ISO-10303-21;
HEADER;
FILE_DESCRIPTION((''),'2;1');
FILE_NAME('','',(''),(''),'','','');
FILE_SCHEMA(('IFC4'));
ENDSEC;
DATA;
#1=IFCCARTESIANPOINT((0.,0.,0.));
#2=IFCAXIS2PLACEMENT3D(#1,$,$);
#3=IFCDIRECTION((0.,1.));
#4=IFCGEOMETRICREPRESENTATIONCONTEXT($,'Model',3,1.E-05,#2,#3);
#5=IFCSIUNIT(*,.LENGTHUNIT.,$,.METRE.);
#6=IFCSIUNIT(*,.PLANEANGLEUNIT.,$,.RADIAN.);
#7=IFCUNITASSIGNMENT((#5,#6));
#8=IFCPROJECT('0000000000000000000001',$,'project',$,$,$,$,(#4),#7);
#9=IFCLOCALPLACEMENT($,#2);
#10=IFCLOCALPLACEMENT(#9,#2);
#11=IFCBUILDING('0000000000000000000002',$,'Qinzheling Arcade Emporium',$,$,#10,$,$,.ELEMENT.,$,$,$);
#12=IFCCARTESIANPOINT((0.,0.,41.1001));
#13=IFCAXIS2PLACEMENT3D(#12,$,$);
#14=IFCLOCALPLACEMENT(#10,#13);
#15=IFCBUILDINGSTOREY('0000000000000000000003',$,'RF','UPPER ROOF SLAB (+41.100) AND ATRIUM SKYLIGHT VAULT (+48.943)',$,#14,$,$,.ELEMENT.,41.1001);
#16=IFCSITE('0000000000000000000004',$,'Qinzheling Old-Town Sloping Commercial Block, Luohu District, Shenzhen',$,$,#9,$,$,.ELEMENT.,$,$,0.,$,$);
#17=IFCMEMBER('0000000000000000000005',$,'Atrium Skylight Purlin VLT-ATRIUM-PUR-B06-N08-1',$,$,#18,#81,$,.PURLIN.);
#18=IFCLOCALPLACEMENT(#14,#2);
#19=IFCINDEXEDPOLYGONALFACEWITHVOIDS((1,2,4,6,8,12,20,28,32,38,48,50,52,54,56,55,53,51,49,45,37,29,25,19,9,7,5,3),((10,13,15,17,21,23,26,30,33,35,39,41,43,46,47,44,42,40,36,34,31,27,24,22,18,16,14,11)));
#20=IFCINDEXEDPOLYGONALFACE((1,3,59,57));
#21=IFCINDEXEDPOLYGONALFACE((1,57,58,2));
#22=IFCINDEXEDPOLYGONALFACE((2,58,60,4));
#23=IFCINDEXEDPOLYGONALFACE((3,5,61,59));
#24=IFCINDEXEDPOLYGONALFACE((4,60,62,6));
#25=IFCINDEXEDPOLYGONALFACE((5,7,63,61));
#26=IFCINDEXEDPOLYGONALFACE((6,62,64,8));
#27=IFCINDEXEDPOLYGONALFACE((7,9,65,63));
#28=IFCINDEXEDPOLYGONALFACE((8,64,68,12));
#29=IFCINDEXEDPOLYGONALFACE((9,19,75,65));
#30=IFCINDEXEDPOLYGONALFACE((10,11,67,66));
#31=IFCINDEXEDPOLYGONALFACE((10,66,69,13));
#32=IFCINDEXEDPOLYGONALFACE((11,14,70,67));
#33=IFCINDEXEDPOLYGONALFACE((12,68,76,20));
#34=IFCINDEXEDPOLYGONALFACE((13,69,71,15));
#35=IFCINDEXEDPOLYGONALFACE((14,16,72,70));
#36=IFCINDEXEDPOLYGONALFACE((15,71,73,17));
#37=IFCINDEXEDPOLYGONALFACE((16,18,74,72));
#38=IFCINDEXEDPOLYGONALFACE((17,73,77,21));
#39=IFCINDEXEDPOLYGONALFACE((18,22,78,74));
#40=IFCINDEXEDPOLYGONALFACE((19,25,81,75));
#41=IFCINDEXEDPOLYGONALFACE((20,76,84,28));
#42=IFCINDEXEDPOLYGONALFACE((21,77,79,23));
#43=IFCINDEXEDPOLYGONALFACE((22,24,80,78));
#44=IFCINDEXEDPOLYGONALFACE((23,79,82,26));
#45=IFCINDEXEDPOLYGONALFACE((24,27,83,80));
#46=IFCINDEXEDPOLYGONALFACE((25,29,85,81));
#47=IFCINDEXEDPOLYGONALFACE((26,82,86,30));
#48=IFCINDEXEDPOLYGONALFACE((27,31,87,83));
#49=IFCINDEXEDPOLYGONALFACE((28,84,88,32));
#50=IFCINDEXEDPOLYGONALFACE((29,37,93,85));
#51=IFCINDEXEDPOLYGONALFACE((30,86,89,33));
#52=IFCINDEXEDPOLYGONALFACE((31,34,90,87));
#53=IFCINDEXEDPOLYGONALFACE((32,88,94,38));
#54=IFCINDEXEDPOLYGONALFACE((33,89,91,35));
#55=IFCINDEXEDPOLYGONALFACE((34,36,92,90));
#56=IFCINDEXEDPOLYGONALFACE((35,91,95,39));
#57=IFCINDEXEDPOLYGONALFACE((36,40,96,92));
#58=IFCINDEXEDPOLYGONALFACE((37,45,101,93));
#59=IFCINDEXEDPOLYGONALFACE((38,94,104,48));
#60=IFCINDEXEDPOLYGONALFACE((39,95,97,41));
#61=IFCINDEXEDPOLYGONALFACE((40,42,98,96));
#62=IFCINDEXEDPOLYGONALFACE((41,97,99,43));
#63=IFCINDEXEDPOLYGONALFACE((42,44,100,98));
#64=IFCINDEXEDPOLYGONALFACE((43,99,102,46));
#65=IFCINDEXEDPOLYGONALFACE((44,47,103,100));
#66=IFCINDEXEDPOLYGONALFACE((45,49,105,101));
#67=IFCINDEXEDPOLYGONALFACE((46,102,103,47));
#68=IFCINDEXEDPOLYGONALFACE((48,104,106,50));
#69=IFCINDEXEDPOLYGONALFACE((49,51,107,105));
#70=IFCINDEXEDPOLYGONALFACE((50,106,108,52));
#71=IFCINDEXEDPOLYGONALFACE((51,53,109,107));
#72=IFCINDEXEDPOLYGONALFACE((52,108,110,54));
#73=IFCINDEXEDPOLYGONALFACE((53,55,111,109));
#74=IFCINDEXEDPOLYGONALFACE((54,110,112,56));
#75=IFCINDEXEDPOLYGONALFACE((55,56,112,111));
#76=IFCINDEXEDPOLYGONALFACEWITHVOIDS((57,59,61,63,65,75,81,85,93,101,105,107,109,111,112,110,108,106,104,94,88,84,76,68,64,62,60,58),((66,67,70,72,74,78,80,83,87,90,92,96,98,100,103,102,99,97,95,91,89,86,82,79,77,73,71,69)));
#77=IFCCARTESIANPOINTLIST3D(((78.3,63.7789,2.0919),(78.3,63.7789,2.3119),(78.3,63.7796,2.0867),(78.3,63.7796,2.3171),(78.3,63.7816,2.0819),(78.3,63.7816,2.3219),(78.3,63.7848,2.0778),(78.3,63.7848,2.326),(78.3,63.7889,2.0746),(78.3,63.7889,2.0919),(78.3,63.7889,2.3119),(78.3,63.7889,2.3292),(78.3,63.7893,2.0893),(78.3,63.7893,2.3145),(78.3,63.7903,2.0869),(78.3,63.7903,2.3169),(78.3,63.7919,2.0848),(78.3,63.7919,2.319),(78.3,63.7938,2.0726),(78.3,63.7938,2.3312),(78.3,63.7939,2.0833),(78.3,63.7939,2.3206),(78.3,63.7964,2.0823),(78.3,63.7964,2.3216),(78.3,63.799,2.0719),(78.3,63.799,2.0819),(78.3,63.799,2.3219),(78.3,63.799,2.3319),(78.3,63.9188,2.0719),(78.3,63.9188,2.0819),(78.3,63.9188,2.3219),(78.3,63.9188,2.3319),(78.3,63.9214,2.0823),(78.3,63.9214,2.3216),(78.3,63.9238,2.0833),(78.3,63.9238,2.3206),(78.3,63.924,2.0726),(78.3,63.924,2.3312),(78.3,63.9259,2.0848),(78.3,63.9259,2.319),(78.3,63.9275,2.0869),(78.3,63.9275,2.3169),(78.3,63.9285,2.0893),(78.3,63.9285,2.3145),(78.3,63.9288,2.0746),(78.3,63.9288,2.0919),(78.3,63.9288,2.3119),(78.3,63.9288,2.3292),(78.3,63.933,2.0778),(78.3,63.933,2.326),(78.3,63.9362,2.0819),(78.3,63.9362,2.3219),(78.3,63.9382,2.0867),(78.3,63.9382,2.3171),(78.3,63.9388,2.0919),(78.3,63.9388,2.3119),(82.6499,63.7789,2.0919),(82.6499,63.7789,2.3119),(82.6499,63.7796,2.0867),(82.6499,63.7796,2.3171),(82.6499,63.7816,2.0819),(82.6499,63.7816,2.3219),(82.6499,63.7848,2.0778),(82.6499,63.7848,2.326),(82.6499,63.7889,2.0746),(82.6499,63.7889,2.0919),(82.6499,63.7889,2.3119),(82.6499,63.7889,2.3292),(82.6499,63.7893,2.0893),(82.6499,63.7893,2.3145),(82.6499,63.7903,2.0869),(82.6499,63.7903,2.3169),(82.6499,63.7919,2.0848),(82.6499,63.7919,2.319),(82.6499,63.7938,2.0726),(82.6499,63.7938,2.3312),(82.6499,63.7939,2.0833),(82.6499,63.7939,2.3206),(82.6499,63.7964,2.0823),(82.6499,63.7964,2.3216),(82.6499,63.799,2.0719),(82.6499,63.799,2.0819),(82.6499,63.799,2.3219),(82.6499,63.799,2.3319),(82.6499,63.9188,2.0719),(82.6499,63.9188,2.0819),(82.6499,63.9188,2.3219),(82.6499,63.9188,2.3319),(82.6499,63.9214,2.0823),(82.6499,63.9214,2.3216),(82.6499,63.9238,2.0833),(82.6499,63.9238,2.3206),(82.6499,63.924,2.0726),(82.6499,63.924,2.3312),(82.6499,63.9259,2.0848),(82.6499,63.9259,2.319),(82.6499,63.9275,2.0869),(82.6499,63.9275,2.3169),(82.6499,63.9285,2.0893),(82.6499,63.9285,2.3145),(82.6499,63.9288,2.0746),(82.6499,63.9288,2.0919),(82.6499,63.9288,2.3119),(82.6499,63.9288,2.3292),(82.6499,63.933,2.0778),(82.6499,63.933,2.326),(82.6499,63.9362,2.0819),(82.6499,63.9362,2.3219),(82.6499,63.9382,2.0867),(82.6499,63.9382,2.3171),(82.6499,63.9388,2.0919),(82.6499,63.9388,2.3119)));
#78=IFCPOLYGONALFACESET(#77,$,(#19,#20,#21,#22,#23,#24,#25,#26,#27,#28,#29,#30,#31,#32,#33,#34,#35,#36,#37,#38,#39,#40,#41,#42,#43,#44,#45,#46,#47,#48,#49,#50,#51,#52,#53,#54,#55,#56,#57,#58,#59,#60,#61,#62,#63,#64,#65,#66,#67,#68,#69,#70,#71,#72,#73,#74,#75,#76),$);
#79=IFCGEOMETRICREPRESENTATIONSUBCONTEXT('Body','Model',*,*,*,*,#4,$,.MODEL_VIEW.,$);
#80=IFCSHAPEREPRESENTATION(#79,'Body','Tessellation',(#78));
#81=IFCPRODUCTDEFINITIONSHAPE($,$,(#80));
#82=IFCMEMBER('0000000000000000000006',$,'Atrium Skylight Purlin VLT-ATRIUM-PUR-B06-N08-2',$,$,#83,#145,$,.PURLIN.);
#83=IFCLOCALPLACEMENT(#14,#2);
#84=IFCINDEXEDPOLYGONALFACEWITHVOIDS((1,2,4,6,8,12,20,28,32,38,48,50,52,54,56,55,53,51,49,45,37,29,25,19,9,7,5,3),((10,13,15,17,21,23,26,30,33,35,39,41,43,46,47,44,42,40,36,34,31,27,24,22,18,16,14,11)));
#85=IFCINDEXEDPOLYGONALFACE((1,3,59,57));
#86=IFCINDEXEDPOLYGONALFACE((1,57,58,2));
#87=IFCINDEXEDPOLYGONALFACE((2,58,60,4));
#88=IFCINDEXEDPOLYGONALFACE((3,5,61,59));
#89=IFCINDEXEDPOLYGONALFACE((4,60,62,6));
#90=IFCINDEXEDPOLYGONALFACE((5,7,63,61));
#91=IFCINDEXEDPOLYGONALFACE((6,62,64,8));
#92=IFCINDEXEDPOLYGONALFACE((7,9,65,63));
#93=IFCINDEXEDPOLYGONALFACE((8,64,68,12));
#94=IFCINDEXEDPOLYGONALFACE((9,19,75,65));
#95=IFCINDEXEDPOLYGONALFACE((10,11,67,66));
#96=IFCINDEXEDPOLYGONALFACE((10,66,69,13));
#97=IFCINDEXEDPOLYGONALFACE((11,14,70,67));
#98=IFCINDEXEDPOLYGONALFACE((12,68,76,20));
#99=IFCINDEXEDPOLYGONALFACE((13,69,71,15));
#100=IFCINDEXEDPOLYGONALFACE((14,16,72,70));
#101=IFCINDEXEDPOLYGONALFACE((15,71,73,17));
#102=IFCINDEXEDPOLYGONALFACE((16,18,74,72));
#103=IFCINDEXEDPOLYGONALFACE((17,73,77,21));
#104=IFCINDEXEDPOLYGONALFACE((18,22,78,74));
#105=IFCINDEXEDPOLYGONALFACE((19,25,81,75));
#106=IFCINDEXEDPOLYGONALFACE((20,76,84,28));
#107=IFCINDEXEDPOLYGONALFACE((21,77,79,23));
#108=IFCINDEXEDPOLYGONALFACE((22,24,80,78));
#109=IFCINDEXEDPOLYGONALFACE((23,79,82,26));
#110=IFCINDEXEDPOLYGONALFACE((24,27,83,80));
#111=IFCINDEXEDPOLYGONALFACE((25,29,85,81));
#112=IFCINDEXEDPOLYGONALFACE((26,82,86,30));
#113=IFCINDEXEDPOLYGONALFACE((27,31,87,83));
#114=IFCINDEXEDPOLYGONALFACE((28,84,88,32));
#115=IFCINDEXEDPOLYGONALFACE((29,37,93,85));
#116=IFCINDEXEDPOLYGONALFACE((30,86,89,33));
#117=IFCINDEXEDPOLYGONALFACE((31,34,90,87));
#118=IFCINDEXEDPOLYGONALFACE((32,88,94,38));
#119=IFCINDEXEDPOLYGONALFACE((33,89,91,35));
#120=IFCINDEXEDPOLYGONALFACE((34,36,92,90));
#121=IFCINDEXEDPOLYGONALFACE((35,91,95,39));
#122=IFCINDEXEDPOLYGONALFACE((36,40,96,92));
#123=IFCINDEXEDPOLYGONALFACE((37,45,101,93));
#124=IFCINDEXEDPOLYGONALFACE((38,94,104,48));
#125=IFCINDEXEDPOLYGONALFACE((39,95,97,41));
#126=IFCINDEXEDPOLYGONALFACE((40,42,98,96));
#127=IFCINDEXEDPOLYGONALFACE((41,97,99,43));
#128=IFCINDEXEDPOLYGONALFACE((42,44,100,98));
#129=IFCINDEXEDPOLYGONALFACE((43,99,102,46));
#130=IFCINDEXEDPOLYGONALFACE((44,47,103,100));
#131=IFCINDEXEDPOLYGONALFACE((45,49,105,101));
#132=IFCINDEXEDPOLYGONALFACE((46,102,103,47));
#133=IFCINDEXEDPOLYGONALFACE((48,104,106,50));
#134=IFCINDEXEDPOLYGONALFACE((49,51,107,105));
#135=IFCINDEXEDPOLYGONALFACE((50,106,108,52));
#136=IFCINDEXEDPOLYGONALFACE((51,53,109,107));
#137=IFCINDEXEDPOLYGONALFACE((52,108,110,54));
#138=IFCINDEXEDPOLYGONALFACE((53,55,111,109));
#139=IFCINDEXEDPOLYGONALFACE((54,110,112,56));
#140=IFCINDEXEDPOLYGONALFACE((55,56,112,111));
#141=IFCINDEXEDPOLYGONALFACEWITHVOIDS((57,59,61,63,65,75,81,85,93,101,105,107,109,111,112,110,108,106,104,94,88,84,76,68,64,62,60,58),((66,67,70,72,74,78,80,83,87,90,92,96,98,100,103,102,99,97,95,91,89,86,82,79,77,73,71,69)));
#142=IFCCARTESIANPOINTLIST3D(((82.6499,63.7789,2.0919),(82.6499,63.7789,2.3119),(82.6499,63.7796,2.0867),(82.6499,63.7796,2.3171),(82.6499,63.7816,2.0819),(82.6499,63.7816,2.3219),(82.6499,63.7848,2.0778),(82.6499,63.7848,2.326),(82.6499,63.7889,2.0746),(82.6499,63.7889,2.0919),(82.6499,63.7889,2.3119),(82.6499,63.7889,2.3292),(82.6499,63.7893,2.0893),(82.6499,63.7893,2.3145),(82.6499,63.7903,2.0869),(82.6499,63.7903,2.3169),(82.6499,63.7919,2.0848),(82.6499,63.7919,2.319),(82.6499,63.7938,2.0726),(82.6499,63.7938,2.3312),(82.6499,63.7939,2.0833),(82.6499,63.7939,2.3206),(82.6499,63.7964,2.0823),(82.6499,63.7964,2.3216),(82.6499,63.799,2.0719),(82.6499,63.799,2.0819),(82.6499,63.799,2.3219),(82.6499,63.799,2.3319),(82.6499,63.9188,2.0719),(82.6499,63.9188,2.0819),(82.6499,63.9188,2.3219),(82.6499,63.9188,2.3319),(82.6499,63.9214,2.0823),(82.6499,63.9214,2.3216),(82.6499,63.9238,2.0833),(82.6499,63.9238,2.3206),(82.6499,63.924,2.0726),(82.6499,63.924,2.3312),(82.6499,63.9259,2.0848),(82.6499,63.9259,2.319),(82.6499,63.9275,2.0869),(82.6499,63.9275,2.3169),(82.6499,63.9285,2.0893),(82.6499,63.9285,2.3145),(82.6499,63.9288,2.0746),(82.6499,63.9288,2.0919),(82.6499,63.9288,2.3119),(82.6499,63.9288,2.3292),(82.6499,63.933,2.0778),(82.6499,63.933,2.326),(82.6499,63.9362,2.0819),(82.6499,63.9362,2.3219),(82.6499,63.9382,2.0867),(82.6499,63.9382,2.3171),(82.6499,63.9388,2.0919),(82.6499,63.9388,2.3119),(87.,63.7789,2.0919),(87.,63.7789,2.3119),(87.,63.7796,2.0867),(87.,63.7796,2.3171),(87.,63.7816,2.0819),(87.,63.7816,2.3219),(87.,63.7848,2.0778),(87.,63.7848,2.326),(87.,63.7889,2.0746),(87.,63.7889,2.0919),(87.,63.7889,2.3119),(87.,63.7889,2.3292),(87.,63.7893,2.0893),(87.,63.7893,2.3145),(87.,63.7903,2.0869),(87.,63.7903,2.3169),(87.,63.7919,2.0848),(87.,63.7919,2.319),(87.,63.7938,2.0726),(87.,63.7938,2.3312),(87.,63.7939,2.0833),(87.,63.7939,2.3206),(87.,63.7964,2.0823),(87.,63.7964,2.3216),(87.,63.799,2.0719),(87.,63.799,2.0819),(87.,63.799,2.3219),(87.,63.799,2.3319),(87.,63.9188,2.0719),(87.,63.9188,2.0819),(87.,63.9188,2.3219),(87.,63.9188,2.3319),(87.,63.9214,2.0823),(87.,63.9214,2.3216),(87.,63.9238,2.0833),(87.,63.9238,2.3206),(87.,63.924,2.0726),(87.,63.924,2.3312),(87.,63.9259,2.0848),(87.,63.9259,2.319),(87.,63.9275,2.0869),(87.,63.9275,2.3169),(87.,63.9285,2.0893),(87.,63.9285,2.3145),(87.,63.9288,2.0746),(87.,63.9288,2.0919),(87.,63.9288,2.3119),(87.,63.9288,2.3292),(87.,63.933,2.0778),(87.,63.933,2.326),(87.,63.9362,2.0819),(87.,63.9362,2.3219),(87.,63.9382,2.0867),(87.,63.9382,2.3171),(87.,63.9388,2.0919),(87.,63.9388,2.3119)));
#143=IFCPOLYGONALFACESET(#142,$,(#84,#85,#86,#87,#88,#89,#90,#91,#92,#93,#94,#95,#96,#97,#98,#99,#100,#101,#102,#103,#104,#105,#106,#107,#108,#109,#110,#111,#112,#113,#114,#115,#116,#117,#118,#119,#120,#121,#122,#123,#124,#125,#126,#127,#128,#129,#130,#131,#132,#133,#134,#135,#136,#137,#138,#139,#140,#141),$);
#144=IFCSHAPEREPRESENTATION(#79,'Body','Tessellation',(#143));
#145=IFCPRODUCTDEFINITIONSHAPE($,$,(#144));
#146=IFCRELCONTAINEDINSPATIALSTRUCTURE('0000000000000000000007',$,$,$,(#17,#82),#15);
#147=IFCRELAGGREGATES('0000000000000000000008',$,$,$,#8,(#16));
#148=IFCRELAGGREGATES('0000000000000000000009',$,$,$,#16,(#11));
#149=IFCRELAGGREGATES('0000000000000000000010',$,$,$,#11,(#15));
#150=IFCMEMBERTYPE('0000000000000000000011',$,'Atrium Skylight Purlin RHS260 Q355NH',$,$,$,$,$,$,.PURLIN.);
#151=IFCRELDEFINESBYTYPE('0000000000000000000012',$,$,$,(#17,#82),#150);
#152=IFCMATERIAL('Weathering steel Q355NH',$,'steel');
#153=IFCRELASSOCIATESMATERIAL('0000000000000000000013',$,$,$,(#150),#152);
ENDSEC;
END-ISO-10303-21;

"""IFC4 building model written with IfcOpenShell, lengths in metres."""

from ifc_helpers import new_model, si_unit, direction, frame, origin, origin_2d, place, context, subcontext, project, spatial, hollow_rectangle, extrude, material, material_profile, profile_set, type_object, element, save


model = new_model("IFC4")

# Units and contexts
model_context = context("Model", 3, precision=1e-05, world=origin(), true_north=direction((0.0, 1.0)))
body_context = subcontext(model_context, "Body", "Model", "MODEL_VIEW")
ifc_project = project(units=[si_unit("LENGTHUNIT", "METRE"), si_unit("PLANEANGLEUNIT", "RADIAN")], contexts=[model_context])

# Site, building, storey
site_placement = place(None, origin())
site = spatial("IfcSite", under=ifc_project, at=site_placement, Name="Qinzheling Old-Town Sloping Commercial Block, Luohu District, Shenzhen", CompositionType="ELEMENT", RefElevation=0.0)
building_placement = place(site_placement, origin())
building = spatial("IfcBuilding", under=site, at=building_placement, Name="Qinzheling Arcade Emporium", CompositionType="ELEMENT")
storey_placement = place(building_placement, frame((0.0, 0.0, 41.1001)))
storey = spatial("IfcBuildingStorey", under=building, at=storey_placement, Name="RF", Description="UPPER ROOF SLAB (+41.100) AND ATRIUM SKYLIGHT VAULT (+48.943)", CompositionType="ELEMENT", Elevation=41.1001)

# Shared definitions
ifc_material_1 = material(Name="Weathering steel Q355NH", Category="steel")

# Members
ifc_material_profile_1 = material_profile(ifc_material_1, hollow_rectangle(XDim=0.1599, YDim=0.26, WallThickness=0.01, InnerFilletRadius=0.01, OuterFilletRadius=0.02, at=origin_2d()), Name="RHS 260x160x10", Category="steel")
ifc_profile_set_1 = profile_set([ifc_material_profile_1], Name="Weathering steel Q355NH")
member_type = type_object("IfcMemberType", Name="Atrium Skylight Purlin RHS260 Q355NH", PredefinedType="PURLIN", material=ifc_profile_set_1)
member_1_placement = place(storey_placement, frame((78.3, 63.8589, 2.2019), z_axis=(1.0, 0.0, 0.0), x_axis=(0.0, 1.0, 0.0)))
element("IfcMember", 1, at=member_1_placement, inside=storey, type_object=member_type, Name="Atrium Skylight Purlin VLT-ATRIUM-PUR-B06-N08-1", PredefinedType="PURLIN", context=body_context, shape_type="SweptSolid", body=[
    extrude(hollow_rectangle(XDim=0.1599, YDim=0.26, WallThickness=0.01, InnerFilletRadius=0.01, OuterFilletRadius=0.02, at=origin_2d()), origin(), (0.0, 0.0, 1.0), 4.3499),
])
member_2_placement = place(storey_placement, frame((82.6499, 63.8589, 2.2019), z_axis=(1.0, 0.0, 0.0), x_axis=(0.0, 1.0, 0.0)))
element("IfcMember", 2, at=member_2_placement, inside=storey, type_object=member_type, Name="Atrium Skylight Purlin VLT-ATRIUM-PUR-B06-N08-2", PredefinedType="PURLIN", context=body_context, shape_type="SweptSolid", body=[
    extrude(hollow_rectangle(XDim=0.1599, YDim=0.26, WallThickness=0.01, InnerFilletRadius=0.01, OuterFilletRadius=0.02, at=origin_2d()), origin(), (0.0, 0.0, 1.0), 4.3501),
])

save(model, "model.ifc")
